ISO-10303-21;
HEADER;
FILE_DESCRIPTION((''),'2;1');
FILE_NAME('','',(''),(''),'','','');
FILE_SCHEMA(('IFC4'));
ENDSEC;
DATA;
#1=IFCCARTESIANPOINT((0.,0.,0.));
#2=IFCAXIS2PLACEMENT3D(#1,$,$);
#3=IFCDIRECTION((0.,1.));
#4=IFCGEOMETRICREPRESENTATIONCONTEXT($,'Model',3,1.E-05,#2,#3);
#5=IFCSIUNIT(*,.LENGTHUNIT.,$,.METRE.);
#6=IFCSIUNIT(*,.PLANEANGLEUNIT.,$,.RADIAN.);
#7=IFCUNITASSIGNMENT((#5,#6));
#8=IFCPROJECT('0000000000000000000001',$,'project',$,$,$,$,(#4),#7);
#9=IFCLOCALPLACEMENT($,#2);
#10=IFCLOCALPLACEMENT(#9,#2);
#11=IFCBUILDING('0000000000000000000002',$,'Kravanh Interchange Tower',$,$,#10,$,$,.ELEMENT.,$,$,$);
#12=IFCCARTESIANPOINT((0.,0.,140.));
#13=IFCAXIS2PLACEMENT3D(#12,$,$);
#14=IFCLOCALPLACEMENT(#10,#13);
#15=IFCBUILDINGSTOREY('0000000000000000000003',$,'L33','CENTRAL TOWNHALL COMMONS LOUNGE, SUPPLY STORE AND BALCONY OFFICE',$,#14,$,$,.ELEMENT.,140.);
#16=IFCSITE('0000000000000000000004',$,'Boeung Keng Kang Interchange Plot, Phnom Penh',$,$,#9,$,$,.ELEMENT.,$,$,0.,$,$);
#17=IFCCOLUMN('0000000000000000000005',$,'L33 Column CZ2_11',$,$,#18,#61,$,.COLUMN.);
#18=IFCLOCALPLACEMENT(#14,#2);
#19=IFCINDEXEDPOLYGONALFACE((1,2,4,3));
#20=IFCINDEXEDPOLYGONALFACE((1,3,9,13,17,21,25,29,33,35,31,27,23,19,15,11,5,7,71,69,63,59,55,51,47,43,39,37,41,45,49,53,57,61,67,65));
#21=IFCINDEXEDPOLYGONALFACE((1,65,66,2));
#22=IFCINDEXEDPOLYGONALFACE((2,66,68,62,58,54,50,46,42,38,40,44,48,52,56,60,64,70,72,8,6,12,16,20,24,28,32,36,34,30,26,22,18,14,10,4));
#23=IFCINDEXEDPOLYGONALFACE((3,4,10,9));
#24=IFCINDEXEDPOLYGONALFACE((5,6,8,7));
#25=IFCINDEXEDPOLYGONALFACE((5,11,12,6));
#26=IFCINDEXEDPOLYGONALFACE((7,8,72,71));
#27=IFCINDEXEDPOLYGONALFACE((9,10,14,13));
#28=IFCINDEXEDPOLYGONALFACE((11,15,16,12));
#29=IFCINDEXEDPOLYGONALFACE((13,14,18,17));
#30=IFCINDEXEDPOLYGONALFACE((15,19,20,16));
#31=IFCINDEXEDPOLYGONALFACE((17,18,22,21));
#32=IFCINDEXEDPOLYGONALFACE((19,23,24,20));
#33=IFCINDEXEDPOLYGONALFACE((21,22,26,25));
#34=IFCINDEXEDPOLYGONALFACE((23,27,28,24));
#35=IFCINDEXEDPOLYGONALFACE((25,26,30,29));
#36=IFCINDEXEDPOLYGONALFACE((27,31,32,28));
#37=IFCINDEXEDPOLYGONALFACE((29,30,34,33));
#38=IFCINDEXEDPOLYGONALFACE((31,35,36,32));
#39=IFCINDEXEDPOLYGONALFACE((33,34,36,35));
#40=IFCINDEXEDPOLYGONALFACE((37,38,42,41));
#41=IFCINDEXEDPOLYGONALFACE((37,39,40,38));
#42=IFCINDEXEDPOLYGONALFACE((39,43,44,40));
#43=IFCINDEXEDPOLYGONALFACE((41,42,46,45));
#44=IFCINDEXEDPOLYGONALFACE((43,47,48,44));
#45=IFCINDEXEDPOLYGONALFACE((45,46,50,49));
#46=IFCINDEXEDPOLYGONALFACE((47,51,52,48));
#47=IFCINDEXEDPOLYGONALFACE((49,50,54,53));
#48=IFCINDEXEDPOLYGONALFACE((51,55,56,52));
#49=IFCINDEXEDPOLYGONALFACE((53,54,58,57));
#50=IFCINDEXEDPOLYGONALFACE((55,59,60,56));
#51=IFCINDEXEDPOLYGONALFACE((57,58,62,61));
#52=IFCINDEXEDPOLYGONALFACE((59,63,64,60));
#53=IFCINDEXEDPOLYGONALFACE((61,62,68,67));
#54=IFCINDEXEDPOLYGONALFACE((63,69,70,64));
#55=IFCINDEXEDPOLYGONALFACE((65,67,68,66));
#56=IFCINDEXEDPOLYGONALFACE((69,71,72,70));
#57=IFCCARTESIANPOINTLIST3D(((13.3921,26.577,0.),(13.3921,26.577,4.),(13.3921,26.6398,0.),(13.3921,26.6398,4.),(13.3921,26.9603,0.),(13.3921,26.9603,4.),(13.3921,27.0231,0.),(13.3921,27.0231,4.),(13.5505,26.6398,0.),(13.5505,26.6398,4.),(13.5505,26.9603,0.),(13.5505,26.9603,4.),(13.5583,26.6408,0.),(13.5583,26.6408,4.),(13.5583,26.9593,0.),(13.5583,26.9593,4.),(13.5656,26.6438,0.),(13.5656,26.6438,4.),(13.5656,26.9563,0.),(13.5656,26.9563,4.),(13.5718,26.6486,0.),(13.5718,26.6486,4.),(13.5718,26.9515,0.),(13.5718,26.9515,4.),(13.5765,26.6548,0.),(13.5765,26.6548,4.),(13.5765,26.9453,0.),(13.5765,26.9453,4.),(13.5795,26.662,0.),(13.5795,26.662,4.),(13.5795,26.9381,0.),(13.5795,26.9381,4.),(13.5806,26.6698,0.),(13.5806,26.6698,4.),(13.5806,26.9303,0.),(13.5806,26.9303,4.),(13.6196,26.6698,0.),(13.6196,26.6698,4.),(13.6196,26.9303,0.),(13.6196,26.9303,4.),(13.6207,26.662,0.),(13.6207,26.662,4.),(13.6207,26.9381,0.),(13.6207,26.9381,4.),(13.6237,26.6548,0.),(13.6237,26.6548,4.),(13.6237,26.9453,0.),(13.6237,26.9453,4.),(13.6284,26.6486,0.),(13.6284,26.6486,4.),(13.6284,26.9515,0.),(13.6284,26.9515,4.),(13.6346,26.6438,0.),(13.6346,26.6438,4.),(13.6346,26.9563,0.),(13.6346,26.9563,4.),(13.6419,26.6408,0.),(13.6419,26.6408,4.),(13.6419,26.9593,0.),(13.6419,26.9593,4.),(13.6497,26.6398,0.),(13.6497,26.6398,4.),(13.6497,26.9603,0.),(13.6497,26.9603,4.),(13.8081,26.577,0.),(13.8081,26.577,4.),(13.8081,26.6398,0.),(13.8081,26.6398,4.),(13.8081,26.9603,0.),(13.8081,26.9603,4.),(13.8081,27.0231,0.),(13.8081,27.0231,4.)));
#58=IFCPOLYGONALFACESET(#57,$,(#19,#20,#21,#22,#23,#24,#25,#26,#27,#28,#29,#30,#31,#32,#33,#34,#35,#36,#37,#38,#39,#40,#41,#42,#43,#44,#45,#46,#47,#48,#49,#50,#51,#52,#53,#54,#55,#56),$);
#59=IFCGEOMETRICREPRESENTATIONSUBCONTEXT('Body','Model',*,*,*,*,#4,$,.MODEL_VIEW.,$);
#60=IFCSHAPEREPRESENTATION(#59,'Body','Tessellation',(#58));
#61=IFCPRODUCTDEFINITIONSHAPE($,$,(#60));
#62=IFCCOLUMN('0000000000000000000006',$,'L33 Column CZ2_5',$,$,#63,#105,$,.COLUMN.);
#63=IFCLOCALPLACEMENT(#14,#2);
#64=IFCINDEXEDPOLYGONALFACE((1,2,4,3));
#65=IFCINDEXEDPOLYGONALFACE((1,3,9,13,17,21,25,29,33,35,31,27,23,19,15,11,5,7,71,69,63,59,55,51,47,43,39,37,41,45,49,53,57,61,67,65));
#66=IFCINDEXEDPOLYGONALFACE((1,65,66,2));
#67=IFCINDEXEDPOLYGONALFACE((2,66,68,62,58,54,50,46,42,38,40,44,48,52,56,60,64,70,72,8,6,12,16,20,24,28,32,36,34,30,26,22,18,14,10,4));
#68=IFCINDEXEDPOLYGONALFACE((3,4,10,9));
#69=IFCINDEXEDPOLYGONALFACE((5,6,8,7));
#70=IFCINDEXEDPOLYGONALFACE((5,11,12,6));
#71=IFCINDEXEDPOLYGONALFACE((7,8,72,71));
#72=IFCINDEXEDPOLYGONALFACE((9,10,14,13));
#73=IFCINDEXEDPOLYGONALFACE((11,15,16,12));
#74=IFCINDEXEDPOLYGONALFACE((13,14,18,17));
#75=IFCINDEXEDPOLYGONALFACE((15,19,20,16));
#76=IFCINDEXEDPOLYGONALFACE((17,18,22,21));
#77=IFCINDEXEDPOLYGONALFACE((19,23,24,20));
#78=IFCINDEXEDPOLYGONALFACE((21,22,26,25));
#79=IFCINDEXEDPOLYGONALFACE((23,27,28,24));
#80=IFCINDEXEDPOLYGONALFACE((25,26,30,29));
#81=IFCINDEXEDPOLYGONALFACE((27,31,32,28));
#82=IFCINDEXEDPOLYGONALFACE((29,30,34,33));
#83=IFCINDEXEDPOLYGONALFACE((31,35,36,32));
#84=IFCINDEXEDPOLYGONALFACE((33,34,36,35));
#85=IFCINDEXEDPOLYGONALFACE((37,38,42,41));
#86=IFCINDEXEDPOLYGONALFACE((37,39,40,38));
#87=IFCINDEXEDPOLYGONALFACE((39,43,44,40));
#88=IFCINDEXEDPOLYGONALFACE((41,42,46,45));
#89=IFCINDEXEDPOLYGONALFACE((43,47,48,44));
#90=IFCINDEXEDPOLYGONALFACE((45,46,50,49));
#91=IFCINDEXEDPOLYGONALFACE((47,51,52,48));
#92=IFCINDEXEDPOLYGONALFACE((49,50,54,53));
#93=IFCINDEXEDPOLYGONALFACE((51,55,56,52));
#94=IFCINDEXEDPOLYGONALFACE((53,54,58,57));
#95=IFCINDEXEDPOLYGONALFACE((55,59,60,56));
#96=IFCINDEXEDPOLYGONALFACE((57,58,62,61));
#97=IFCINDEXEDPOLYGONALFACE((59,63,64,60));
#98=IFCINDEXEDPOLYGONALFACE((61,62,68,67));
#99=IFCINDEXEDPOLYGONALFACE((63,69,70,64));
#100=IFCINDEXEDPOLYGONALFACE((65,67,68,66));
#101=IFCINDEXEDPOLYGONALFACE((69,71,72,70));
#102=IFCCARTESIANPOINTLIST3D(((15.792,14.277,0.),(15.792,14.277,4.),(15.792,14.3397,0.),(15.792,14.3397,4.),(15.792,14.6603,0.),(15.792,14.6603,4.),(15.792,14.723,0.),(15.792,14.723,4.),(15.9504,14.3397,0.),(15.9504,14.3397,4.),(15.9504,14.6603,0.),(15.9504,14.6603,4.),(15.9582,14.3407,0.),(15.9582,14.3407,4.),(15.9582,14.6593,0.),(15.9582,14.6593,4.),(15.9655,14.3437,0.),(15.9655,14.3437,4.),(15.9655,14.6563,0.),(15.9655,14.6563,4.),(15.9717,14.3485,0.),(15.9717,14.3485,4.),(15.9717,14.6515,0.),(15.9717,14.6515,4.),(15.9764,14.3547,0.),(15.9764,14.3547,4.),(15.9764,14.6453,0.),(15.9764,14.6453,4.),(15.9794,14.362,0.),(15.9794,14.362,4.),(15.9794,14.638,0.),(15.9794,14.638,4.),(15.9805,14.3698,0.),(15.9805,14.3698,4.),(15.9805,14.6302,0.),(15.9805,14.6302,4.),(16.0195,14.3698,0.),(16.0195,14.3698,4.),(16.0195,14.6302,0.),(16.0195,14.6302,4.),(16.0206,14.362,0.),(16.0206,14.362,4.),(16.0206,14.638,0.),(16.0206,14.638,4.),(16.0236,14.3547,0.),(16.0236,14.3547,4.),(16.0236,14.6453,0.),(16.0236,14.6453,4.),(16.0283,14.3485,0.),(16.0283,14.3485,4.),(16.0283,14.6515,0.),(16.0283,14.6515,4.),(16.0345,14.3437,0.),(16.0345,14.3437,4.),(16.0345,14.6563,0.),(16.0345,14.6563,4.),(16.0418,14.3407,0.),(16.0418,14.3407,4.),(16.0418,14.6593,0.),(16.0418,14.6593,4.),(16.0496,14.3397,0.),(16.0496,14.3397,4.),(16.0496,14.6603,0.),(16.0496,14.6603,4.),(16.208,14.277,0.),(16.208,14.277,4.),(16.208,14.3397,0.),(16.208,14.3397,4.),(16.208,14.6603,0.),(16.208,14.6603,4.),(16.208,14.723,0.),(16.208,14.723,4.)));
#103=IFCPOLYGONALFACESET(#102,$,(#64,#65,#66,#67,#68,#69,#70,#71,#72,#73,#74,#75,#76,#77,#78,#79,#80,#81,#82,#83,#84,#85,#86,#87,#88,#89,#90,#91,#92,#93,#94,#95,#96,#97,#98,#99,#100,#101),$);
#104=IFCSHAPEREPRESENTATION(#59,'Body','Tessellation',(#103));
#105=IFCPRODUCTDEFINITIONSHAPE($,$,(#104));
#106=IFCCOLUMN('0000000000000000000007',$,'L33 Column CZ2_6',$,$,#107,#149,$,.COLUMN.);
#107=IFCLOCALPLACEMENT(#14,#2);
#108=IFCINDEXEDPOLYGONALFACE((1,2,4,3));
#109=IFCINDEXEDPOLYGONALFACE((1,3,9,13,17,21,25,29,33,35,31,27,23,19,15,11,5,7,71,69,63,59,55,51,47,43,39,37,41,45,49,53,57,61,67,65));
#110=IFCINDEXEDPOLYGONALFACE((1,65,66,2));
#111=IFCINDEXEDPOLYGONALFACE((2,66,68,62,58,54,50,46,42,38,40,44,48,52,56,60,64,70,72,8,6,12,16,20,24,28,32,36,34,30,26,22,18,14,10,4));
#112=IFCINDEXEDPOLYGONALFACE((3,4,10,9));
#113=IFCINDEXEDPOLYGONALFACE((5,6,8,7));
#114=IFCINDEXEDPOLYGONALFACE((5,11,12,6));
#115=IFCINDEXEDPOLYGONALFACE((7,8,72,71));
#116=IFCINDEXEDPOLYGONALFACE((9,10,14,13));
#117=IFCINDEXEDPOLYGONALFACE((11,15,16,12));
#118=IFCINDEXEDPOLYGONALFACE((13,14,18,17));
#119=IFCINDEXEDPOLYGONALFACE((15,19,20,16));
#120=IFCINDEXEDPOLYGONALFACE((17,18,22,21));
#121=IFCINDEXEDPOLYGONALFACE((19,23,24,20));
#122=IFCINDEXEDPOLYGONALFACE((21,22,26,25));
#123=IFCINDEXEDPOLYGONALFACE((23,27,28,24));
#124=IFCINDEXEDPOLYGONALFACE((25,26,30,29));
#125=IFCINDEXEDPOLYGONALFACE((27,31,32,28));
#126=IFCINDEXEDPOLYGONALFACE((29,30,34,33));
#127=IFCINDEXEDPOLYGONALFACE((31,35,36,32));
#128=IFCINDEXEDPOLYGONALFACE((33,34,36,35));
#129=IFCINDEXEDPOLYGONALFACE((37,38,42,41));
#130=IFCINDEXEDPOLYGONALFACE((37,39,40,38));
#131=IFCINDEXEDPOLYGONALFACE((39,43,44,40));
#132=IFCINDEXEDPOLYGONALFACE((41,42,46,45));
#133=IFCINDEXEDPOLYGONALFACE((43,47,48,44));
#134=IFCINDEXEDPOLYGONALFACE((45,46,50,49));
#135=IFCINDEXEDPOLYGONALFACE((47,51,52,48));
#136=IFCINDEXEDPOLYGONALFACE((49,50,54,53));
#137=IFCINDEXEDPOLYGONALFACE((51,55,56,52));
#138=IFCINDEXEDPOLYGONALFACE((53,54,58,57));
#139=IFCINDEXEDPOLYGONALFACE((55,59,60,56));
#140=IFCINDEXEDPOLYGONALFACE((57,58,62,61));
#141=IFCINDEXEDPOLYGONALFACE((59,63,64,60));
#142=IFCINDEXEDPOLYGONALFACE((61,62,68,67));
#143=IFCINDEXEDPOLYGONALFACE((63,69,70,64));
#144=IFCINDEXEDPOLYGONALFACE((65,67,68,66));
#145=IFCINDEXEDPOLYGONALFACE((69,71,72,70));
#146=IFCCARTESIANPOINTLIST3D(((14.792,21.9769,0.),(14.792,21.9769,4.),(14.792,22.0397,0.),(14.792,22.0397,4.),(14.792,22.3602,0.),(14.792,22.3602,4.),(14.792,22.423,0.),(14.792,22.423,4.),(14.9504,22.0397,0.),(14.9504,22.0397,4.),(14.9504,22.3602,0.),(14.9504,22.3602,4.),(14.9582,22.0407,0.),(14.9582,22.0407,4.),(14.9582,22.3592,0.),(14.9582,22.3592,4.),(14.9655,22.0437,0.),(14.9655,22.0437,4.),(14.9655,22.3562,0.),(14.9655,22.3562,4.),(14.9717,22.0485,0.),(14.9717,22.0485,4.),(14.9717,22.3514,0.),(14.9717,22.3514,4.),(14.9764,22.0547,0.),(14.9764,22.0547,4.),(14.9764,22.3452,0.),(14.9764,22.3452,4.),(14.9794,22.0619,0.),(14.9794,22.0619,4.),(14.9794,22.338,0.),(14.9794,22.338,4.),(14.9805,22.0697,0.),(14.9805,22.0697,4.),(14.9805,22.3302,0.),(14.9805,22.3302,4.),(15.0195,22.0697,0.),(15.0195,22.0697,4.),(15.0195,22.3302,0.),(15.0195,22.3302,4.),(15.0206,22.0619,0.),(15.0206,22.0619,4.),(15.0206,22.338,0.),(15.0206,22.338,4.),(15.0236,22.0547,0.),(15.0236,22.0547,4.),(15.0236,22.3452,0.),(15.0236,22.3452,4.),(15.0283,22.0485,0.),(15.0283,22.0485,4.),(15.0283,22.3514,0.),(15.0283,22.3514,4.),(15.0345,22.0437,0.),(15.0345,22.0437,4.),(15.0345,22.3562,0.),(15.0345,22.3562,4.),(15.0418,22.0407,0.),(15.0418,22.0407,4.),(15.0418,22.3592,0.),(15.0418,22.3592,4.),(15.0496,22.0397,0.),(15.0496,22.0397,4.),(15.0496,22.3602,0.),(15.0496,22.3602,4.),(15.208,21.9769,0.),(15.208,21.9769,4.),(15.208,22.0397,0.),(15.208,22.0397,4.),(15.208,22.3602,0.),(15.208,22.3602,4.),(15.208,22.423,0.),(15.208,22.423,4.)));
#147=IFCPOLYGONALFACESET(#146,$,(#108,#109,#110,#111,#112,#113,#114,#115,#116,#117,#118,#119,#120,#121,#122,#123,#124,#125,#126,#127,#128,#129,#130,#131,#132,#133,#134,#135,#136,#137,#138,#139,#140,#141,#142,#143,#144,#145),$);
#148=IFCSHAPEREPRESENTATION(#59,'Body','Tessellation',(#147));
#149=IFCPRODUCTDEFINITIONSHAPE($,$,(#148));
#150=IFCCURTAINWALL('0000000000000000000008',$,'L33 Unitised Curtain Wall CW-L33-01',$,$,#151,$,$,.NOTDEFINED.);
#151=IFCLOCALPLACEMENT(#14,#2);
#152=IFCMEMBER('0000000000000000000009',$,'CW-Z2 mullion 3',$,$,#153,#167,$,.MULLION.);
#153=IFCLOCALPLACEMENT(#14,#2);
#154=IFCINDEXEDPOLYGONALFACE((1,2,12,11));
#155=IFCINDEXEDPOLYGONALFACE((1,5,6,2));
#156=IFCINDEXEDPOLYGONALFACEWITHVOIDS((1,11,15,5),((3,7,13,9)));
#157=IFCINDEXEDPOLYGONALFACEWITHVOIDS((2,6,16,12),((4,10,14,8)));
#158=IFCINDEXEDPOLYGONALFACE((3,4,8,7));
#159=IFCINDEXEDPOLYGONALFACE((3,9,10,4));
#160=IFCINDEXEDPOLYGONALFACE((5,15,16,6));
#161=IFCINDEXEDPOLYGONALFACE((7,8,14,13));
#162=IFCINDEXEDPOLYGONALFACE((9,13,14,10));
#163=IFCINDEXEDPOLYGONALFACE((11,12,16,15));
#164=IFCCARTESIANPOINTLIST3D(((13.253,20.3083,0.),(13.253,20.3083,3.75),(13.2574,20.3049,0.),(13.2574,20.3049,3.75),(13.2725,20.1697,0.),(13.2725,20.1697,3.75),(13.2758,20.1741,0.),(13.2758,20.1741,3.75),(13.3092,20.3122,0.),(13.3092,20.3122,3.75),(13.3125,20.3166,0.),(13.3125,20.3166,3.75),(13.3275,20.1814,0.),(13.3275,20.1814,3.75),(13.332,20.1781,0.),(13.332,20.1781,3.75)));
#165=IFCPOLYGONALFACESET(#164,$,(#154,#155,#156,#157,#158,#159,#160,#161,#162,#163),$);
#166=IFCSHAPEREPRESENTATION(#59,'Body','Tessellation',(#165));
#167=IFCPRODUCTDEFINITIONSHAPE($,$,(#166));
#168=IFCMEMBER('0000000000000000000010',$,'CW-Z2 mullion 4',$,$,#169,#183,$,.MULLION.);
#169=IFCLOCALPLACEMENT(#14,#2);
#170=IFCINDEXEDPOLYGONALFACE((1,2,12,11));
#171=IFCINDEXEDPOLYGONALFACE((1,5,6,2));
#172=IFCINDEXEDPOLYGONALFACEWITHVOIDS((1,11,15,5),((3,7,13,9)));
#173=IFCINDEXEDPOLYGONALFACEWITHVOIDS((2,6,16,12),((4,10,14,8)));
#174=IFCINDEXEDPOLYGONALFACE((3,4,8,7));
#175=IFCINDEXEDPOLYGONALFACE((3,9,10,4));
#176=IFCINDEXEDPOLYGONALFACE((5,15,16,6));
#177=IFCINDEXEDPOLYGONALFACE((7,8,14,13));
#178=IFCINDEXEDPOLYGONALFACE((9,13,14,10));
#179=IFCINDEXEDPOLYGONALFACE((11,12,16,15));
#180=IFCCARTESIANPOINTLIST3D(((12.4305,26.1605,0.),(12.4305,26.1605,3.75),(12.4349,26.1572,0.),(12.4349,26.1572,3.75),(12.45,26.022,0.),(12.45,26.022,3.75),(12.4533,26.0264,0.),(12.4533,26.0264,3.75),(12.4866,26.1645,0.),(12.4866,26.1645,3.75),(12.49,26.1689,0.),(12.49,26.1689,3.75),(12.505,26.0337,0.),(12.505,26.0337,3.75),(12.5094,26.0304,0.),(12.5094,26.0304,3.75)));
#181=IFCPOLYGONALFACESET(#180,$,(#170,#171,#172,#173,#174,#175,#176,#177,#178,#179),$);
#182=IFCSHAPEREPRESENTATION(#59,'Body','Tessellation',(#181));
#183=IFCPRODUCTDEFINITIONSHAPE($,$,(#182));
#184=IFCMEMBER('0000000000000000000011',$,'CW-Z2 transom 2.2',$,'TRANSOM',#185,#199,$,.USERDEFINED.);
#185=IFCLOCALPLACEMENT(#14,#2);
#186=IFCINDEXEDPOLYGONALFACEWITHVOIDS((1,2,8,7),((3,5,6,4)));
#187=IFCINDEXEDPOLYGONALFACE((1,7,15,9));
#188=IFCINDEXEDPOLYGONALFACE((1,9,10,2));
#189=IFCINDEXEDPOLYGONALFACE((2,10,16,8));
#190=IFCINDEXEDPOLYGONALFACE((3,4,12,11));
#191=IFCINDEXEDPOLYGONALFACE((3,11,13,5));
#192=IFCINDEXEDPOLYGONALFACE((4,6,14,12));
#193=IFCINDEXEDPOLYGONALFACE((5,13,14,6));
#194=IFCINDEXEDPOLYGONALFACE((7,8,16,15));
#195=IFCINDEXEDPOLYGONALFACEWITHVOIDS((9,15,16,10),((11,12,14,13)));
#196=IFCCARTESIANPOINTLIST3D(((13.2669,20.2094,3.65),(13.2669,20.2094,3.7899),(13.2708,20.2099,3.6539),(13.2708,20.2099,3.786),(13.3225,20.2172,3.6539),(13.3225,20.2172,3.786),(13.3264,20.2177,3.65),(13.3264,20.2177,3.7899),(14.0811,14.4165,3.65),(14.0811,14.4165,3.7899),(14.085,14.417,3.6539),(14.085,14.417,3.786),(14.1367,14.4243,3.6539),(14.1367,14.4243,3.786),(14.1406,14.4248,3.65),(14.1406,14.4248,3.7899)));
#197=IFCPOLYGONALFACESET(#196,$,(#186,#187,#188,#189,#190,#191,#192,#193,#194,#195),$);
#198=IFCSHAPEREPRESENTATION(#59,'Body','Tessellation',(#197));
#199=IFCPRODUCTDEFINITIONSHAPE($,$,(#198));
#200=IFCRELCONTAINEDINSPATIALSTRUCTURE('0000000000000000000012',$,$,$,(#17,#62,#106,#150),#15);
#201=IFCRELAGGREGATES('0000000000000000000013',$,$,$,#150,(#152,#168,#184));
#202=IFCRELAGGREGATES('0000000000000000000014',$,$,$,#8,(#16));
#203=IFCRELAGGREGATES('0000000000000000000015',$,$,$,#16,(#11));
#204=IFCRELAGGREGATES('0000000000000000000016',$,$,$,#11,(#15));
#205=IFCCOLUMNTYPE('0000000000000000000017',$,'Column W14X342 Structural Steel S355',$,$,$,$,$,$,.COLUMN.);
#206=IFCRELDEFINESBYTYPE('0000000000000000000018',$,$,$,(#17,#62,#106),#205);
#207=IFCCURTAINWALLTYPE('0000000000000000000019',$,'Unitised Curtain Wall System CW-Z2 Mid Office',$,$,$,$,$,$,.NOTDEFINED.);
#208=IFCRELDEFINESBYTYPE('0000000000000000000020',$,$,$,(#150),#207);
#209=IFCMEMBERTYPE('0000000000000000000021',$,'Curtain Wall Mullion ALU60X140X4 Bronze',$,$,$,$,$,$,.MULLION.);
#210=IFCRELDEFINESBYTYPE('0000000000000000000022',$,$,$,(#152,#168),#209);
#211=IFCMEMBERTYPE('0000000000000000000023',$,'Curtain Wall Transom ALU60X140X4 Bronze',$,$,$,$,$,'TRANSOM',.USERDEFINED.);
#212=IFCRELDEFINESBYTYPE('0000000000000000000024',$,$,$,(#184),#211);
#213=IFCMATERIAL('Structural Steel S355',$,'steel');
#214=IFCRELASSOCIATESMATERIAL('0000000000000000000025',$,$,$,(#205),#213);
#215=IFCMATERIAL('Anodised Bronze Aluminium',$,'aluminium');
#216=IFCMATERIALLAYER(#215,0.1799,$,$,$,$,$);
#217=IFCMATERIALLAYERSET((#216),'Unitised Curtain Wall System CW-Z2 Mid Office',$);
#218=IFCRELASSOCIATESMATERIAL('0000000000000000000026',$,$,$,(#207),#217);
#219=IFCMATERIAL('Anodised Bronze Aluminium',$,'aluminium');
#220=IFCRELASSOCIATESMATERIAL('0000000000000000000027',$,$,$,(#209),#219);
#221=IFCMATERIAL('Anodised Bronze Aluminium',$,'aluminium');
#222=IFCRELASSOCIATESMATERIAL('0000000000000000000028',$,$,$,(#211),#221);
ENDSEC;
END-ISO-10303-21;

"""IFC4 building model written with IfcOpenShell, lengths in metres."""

from ifc_helpers import new_model, si_unit, direction, frame, origin, origin_2d, place, context, subcontext, project, spatial, hollow_rectangle, i_section, extrude, material, layer, layer_set, material_profile, profile_set, type_object, element, aggregate, save


model = new_model("IFC4")

# Units and contexts
model_context = context("Model", 3, precision=1e-05, world=origin(), true_north=direction((0.0, 1.0)))
body_context = subcontext(model_context, "Body", "Model", "MODEL_VIEW")
ifc_project = project(units=[si_unit("LENGTHUNIT", "METRE"), si_unit("PLANEANGLEUNIT", "RADIAN")], contexts=[model_context])

# Site, building, storey
site_placement = place(None, origin())
site = spatial("IfcSite", under=ifc_project, at=site_placement, Name="Boeung Keng Kang Interchange Plot, Phnom Penh", CompositionType="ELEMENT", RefElevation=0.0)
building_placement = place(site_placement, origin())
building = spatial("IfcBuilding", under=site, at=building_placement, Name="Kravanh Interchange Tower", CompositionType="ELEMENT")
storey_placement = place(building_placement, frame((0.0, 0.0, 140.0)))
storey = spatial("IfcBuildingStorey", under=building, at=storey_placement, Name="L33", Description="CENTRAL TOWNHALL COMMONS LOUNGE, SUPPLY STORE AND BALCONY OFFICE", CompositionType="ELEMENT", Elevation=140.0)

# Columns
ifc_material_1 = material(Name="Structural Steel S355", Category="steel")
ifc_material_profile_1 = material_profile(ifc_material_1, i_section(OverallWidth=0.416, OverallDepth=0.446, WebThickness=0.0391, FlangeThickness=0.0627, FilletRadius=0.03, at=origin_2d()), Name="W14X342")
ifc_profile_set_1 = profile_set([ifc_material_profile_1], Name="Structural Steel S355")
column_type = type_object("IfcColumnType", Name="Column W14X342 Structural Steel S355", PredefinedType="COLUMN", material=ifc_profile_set_1)
for number, where, z_axis, x_axis, name in (
    (1, (13.6001, 26.8, 0.0), (0.0, 0.0, 1.0), (1.0, 0.0, 0.0), "L33 Column CZ2_11"),
    (2, (16.0, 14.5, 0.0), (0.0, 0.0, 1.0), (1.0, 0.0, 0.0), "L33 Column CZ2_5"),
    (3, (15.0, 22.2, 0.0), (0.0, 0.0, 1.0), (1.0, 0.0, 0.0), "L33 Column CZ2_6"),
):
    element("IfcColumn", number, at=place(storey_placement, frame(where, z_axis=z_axis, x_axis=x_axis)), inside=storey, type_object=column_type, Name=name, PredefinedType="COLUMN", context=body_context, shape_type="SweptSolid", body=[
        extrude(i_section(OverallWidth=0.416, OverallDepth=0.446, WebThickness=0.0391, FlangeThickness=0.0627, FilletRadius=0.03, at=origin_2d()), origin(), (0.0, 0.0, 1.0), 4.0),
    ])

# Curtain wall, members
ifc_material_2 = material(Name="Anodised Bronze Aluminium", Category="aluminium")
ifc_layer_1 = layer(ifc_material_2, 0.1799)
ifc_layer_set_1 = layer_set([ifc_layer_1], Name="Unitised Curtain Wall System CW-Z2 Mid Office")
curtain_wall_type = type_object("IfcCurtainWallType", Name="Unitised Curtain Wall System CW-Z2 Mid Office", PredefinedType="NOTDEFINED", material=ifc_layer_set_1)
curtain_wall_placement = place(storey_placement, origin())
curtain_wall = element("IfcCurtainWall", 4, at=curtain_wall_placement, inside=storey, type_object=curtain_wall_type, Name="L33 Unitised Curtain Wall CW-L33-01", PredefinedType="NOTDEFINED")
ifc_material_3 = material(Name="Anodised Bronze Aluminium", Category="aluminium")
ifc_material_profile_2 = material_profile(ifc_material_3, hollow_rectangle(XDim=0.0601, YDim=0.1399, WallThickness=0.0039, at=origin_2d()), Name="ALU60X140X4")
ifc_profile_set_2 = profile_set([ifc_material_profile_2], Name="Anodised Bronze Aluminium")
member_type_1 = type_object("IfcMemberType", Name="Curtain Wall Mullion ALU60X140X4 Bronze", PredefinedType="MULLION", material=ifc_profile_set_2)
member_1_placement = place(storey_placement, frame((13.2925, 20.2432, 0.0), z_axis=(0.0, 0.0, 1.0), x_axis=(-0.990268, -0.139173, 0.0)))
member_1 = element("IfcMember", 5, at=member_1_placement, type_object=member_type_1, Name="CW-Z2 mullion 3", PredefinedType="MULLION", context=body_context, shape_type="SweptSolid", body=[
    extrude(hollow_rectangle(XDim=0.0601, YDim=0.1399, WallThickness=0.0039, at=origin_2d()), origin(), (0.0, 0.0, 1.0), 3.75),
])
member_2_placement = place(storey_placement, frame((12.47, 26.0955, 0.0), z_axis=(0.0, 0.0, 1.0), x_axis=(-0.990268, -0.139173, 0.0)))
member_2 = element("IfcMember", 6, at=member_2_placement, type_object=member_type_1, Name="CW-Z2 mullion 4", PredefinedType="MULLION", context=body_context, shape_type="SweptSolid", body=[
    extrude(hollow_rectangle(XDim=0.0601, YDim=0.1399, WallThickness=0.0039, at=origin_2d()), origin(), (0.0, 0.0, 1.0), 3.75),
])
ifc_material_4 = material(Name="Anodised Bronze Aluminium", Category="aluminium")
ifc_material_profile_3 = material_profile(ifc_material_4, hollow_rectangle(XDim=0.0601, YDim=0.1399, WallThickness=0.0039, at=origin_2d()), Name="ALU60X140X4")
ifc_profile_set_3 = profile_set([ifc_material_profile_3], Name="Anodised Bronze Aluminium")
member_type_2 = type_object("IfcMemberType", Name="Curtain Wall Transom ALU60X140X4 Bronze", ElementType="TRANSOM", PredefinedType="USERDEFINED", material=ifc_profile_set_3)
member_3_placement = place(storey_placement, frame((14.1108, 14.4207, 3.72), z_axis=(-0.139183, 0.990267, 0.0), x_axis=(-0.990267, -0.139183, 0.0)))
member_3 = element("IfcMember", 7, at=member_3_placement, type_object=member_type_2, Name="CW-Z2 transom 2.2", ObjectType="TRANSOM", PredefinedType="USERDEFINED", context=body_context, shape_type="SweptSolid", body=[
    extrude(hollow_rectangle(XDim=0.0601, YDim=0.1399, WallThickness=0.0039, at=origin_2d()), origin(), (0.0, 0.0, 1.0), 5.8499),
])

aggregate(curtain_wall, [member_1, member_2, member_3])

save(model, "model.ifc")
